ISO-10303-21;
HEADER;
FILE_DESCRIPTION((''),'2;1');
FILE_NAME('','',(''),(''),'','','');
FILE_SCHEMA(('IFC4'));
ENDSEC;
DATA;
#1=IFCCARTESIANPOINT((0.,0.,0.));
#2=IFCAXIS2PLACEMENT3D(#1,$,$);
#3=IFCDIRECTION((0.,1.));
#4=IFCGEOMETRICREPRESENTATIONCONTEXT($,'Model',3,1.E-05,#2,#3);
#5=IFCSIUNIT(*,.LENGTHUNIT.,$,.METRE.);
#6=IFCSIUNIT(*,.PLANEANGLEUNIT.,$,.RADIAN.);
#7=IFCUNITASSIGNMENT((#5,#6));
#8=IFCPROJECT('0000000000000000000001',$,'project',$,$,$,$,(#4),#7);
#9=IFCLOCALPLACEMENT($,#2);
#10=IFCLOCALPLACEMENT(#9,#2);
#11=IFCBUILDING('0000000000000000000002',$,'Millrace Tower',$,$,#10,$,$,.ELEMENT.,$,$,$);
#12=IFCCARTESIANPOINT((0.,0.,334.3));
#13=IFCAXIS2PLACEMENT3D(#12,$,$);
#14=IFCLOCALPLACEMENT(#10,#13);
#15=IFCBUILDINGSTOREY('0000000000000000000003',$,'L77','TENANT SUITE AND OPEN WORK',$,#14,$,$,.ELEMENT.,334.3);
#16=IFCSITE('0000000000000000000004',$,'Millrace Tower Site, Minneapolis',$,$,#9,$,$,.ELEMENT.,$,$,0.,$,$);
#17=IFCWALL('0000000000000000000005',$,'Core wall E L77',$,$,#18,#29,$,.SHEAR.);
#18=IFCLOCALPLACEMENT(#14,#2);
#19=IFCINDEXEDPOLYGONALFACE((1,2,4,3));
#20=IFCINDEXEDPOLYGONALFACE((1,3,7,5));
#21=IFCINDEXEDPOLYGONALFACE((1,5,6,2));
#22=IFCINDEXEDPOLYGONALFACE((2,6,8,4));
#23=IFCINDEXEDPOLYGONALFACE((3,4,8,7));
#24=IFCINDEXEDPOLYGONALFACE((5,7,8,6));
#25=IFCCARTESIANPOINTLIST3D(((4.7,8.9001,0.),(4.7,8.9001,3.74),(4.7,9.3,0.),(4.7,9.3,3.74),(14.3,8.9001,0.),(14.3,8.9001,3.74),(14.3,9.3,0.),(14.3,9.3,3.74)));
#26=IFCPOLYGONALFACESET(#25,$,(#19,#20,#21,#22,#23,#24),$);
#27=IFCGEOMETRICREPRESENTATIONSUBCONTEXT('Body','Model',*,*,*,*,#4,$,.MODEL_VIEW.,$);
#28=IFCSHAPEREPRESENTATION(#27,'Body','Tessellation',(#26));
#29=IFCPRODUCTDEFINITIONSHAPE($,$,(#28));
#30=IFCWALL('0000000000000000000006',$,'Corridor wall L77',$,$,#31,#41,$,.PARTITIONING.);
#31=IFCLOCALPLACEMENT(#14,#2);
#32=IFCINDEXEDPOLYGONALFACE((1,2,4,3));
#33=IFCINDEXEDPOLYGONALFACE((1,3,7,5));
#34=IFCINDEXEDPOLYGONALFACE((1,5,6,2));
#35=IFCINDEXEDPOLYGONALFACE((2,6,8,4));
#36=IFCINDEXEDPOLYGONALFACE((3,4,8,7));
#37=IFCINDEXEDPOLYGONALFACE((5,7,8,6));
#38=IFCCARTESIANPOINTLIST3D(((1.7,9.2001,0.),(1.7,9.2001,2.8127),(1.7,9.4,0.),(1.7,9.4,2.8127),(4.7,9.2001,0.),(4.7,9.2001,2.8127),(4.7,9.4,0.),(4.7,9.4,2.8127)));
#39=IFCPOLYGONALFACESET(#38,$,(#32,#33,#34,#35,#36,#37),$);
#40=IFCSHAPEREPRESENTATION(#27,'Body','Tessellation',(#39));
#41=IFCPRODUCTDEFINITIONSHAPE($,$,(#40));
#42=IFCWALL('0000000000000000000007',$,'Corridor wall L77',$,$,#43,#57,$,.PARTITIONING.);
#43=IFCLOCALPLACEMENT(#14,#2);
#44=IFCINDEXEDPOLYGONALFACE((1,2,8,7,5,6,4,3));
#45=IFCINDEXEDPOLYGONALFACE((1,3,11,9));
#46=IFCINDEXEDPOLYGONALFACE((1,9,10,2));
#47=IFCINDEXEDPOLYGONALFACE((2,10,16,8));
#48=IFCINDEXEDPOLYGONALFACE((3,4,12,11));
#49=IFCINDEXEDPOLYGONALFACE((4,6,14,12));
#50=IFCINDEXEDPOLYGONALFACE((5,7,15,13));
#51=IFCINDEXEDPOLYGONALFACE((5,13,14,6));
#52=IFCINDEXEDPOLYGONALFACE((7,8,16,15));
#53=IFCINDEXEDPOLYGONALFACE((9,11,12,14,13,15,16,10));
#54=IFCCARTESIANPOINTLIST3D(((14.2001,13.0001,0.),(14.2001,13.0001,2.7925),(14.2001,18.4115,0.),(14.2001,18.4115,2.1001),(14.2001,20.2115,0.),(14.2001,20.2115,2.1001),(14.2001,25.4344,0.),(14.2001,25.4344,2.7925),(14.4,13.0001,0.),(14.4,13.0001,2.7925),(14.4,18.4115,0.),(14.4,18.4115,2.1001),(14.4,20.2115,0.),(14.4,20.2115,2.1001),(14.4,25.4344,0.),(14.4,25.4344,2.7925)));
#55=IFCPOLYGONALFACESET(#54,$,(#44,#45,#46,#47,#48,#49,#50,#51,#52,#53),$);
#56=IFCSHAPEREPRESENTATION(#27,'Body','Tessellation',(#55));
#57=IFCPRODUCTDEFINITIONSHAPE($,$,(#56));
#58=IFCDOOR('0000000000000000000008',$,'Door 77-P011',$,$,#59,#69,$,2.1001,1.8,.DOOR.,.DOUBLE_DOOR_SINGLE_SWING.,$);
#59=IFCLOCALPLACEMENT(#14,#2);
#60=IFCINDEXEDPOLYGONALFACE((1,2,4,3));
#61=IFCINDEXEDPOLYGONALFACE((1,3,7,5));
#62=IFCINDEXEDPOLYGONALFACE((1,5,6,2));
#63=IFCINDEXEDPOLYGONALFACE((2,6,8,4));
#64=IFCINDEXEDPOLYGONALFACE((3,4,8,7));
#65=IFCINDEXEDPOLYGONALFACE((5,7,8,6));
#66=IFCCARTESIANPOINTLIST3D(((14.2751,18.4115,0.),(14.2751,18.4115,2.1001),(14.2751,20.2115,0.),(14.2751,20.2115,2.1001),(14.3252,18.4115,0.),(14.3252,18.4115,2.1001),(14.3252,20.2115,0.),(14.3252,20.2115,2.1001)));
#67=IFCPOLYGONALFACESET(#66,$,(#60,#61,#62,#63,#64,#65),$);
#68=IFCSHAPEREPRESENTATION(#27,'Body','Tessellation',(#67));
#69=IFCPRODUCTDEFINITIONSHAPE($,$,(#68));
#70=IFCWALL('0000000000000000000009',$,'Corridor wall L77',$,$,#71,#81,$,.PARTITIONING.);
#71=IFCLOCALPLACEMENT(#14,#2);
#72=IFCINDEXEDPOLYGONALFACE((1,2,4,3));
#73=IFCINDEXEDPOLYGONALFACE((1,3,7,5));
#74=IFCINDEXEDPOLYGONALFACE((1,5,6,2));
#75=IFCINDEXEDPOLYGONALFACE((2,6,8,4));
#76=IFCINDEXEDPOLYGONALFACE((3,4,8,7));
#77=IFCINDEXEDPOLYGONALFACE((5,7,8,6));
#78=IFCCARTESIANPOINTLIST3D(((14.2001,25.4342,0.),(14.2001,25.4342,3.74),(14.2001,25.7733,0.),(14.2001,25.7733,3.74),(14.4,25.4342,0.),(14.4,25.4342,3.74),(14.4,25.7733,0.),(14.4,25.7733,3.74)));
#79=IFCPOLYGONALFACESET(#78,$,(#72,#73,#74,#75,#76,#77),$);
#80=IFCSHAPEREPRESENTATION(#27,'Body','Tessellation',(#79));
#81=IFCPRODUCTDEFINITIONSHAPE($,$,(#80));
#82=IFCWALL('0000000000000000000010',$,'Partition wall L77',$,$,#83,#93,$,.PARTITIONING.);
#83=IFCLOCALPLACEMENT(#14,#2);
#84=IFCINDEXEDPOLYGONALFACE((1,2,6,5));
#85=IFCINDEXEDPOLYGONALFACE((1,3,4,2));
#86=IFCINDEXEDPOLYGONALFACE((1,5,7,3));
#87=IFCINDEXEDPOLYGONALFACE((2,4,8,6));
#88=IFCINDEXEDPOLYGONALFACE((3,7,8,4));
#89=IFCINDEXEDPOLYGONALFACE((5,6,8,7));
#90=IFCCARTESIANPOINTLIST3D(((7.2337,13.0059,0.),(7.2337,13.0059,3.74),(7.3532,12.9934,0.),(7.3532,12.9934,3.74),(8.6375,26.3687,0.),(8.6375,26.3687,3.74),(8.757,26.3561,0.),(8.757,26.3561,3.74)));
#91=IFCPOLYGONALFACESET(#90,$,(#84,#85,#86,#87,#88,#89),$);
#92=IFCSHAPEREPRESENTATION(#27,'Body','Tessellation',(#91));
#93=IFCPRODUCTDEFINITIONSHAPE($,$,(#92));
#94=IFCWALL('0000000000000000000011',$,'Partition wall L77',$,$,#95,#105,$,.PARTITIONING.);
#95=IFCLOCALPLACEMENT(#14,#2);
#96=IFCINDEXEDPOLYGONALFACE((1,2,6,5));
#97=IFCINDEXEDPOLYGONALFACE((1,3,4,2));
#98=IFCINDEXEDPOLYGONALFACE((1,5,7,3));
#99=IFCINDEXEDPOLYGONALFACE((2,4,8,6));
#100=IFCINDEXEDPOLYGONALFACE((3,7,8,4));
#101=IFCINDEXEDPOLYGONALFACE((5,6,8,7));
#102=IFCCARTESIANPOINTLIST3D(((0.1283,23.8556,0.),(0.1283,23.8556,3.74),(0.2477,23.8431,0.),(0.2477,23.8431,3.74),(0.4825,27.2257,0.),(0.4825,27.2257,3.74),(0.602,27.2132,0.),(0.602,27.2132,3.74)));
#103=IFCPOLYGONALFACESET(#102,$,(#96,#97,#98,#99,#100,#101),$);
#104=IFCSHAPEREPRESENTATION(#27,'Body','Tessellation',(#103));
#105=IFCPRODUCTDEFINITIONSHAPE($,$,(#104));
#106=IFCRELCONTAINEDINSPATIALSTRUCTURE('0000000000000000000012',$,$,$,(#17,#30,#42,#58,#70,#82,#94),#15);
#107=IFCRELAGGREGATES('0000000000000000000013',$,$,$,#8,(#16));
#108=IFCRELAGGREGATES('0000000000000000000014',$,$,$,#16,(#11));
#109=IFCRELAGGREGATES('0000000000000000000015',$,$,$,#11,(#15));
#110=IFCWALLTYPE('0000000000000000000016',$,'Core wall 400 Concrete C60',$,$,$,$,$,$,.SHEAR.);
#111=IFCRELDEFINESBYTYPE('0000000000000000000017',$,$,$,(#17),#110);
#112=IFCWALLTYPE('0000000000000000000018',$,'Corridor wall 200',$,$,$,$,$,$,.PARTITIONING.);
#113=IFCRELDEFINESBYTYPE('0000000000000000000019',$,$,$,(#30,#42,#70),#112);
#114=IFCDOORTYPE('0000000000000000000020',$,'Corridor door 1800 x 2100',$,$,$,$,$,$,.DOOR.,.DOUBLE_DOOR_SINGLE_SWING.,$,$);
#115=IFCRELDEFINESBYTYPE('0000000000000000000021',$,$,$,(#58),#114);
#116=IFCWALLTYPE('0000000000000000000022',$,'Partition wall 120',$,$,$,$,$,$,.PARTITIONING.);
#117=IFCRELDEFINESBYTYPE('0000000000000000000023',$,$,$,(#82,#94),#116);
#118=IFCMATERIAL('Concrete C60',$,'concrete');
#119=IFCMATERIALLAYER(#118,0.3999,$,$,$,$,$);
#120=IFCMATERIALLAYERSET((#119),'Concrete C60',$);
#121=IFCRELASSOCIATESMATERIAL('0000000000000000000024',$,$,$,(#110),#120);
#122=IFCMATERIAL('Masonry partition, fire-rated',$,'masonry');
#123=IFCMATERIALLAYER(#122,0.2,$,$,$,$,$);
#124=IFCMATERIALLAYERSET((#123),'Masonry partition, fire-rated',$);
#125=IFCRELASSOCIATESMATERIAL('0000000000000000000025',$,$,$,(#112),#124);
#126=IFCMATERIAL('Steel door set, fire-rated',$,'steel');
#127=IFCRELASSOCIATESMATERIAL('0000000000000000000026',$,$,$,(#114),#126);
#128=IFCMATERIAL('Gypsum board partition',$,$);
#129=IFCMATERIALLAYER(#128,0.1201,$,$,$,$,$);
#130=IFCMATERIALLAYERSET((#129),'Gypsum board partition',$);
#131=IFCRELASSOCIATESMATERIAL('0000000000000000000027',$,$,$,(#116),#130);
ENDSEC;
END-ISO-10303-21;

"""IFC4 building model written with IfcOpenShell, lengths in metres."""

from ifc_helpers import new_model, si_unit, direction, frame, frame_2d, origin, place, context, subcontext, project, spatial, rectangle, extrude, material, layer, layer_set, type_object, element, fill, save


model = new_model("IFC4")

# Units and contexts
model_context = context("Model", 3, precision=1e-05, world=origin(), true_north=direction((0.0, 1.0)))
body_context = subcontext(model_context, "Body", "Model", "MODEL_VIEW")
ifc_project = project(units=[si_unit("LENGTHUNIT", "METRE"), si_unit("PLANEANGLEUNIT", "RADIAN")], contexts=[model_context])

# Site, building, storey
site_placement = place(None, origin())
site = spatial("IfcSite", under=ifc_project, at=site_placement, Name="Millrace Tower Site, Minneapolis", CompositionType="ELEMENT", RefElevation=0.0)
building_placement = place(site_placement, origin())
building = spatial("IfcBuilding", under=site, at=building_placement, Name="Millrace Tower", CompositionType="ELEMENT")
storey_placement = place(building_placement, frame((0.0, 0.0, 334.3)))
storey = spatial("IfcBuildingStorey", under=building, at=storey_placement, Name="L77", Description="TENANT SUITE AND OPEN WORK", CompositionType="ELEMENT", Elevation=334.3)

# Walls
ifc_material_1 = material(Name="Concrete C60", Category="concrete")
ifc_layer_1 = layer(ifc_material_1, 0.3999)
ifc_layer_set_1 = layer_set([ifc_layer_1], Name="Concrete C60")
wall_type_1 = type_object("IfcWallType", Name="Core wall 400 Concrete C60", PredefinedType="SHEAR", material=ifc_layer_set_1)
wall_1_placement = place(storey_placement, frame((14.3, 9.1001, 0.0), z_axis=(0.0, 0.0, 1.0), x_axis=(-1.0, 0.0, 0.0)))
element("IfcWall", 1, at=wall_1_placement, inside=storey, type_object=wall_type_1, Name="Core wall E L77", PredefinedType="SHEAR", context=body_context, shape_type="SweptSolid", body=[
    extrude(rectangle(XDim=9.6001, YDim=0.3999, at=frame_2d((4.8, 0.0))), origin(), (0.0, 0.0, 1.0), 3.74),
])
ifc_material_2 = material(Name="Masonry partition, fire-rated", Category="masonry")
ifc_layer_2 = layer(ifc_material_2, 0.2)
ifc_layer_set_2 = layer_set([ifc_layer_2], Name="Masonry partition, fire-rated")
wall_type_2 = type_object("IfcWallType", Name="Corridor wall 200", PredefinedType="PARTITIONING", material=ifc_layer_set_2)
wall_2_placement = place(storey_placement, frame((1.7, 9.3, 0.0), z_axis=(0.0, 0.0, 1.0), x_axis=(1.0, 0.0, 0.0)))
element("IfcWall", 2, at=wall_2_placement, inside=storey, type_object=wall_type_2, Name="Corridor wall L77", PredefinedType="PARTITIONING", context=body_context, shape_type="SweptSolid", body=[
    extrude(rectangle(XDim=3.0, YDim=0.2, at=frame_2d((1.5, 0.0))), origin(), (0.0, 0.0, 1.0), 2.8127),
])

# Wall, opening, door
wall_3_placement = place(storey_placement, frame((14.3, 13.0, 0.0), z_axis=(0.0, 0.0, 1.0), x_axis=(0.0, 1.0, 0.0)))
wall_3 = element("IfcWall", 3, at=wall_3_placement, inside=storey, type_object=wall_type_2, Name="Corridor wall L77", PredefinedType="PARTITIONING", context=body_context, shape_type="SweptSolid", body=[
    extrude(rectangle(XDim=12.4343, YDim=0.2, at=frame_2d((6.2173, 0.0))), origin(), (0.0, 0.0, 1.0), 2.7925),
])
opening_placement = place(wall_3_placement, frame((5.4116, 0.0, 0.0)))
opening = element("IfcOpeningElement", 4, at=opening_placement, cuts=wall_3, PredefinedType="OPENING", context=body_context, shape_type="SweptSolid", body=[
    extrude(rectangle(XDim=1.8, YDim=2.1001, at=frame_2d((0.8999, 1.05))), frame((0.0, 0.1099, 0.0), z_axis=(0.0, -1.0, 0.0), x_axis=(1.0, 0.0, 0.0)), (0.0, 0.0, 1.0), 0.22),
])
ifc_material_3 = material(Name="Steel door set, fire-rated", Category="steel")
door_type = type_object("IfcDoorType", Name="Corridor door 1800 x 2100", OperationType="DOUBLE_DOOR_SINGLE_SWING", PredefinedType="DOOR", material=ifc_material_3)
door_placement = place(opening_placement, origin())
door = element("IfcDoor", 5, at=door_placement, inside=storey, type_object=door_type, Name="Door 77-P011", OperationType="DOUBLE_DOOR_SINGLE_SWING", OverallHeight=2.1001, OverallWidth=1.8, PredefinedType="DOOR", context=body_context, shape_type="SweptSolid", body=[
    extrude(rectangle(XDim=1.8, YDim=2.1001, at=frame_2d((0.8999, 1.05))), frame((0.0, 0.0249, 0.0), z_axis=(0.0, -1.0, 0.0), x_axis=(1.0, 0.0, 0.0)), (0.0, 0.0, 1.0), 0.05),
])
fill(opening, door)

# Walls
wall_4_placement = place(storey_placement, frame((14.3, 25.4343, 0.0), z_axis=(0.0, 0.0, 1.0), x_axis=(0.0, 1.0, 0.0)))
element("IfcWall", 6, at=wall_4_placement, inside=storey, type_object=wall_type_2, Name="Corridor wall L77", PredefinedType="PARTITIONING", context=body_context, shape_type="SweptSolid", body=[
    extrude(rectangle(XDim=0.3391, YDim=0.2, at=frame_2d((0.1694, 0.0))), origin(), (0.0, 0.0, 1.0), 3.74),
])
ifc_material_4 = material(Name="Gypsum board partition")
ifc_layer_3 = layer(ifc_material_4, 0.1201)
ifc_layer_set_3 = layer_set([ifc_layer_3], Name="Gypsum board partition")
wall_type_3 = type_object("IfcWallType", Name="Partition wall 120", PredefinedType="PARTITIONING", material=ifc_layer_set_3)
wall_5_placement = place(storey_placement, frame((7.2935, 12.9995, 0.0), z_axis=(0.0, 0.0, 1.0), x_axis=(0.104479, 0.994527, 0.0)))
element("IfcWall", 7, at=wall_5_placement, inside=storey, type_object=wall_type_3, Name="Partition wall L77", PredefinedType="PARTITIONING", context=body_context, shape_type="SweptSolid", body=[
    extrude(rectangle(XDim=13.4363, YDim=0.1201, at=frame_2d((6.7183, 0.0))), origin(), (0.0, 0.0, 1.0), 3.74),
])
wall_6_placement = place(storey_placement, frame((0.188, 23.8494, 0.0), z_axis=(0.0, 0.0, 1.0), x_axis=(0.104539, 0.994521, 0.0)))
element("IfcWall", 8, at=wall_6_placement, inside=storey, type_object=wall_type_3, Name="Partition wall L77", PredefinedType="PARTITIONING", context=body_context, shape_type="SweptSolid", body=[
    extrude(rectangle(XDim=3.3887, YDim=0.1201, at=frame_2d((1.6943, 0.0))), origin(), (0.0, 0.0, 1.0), 3.74),
])

save(model, "model.ifc")
